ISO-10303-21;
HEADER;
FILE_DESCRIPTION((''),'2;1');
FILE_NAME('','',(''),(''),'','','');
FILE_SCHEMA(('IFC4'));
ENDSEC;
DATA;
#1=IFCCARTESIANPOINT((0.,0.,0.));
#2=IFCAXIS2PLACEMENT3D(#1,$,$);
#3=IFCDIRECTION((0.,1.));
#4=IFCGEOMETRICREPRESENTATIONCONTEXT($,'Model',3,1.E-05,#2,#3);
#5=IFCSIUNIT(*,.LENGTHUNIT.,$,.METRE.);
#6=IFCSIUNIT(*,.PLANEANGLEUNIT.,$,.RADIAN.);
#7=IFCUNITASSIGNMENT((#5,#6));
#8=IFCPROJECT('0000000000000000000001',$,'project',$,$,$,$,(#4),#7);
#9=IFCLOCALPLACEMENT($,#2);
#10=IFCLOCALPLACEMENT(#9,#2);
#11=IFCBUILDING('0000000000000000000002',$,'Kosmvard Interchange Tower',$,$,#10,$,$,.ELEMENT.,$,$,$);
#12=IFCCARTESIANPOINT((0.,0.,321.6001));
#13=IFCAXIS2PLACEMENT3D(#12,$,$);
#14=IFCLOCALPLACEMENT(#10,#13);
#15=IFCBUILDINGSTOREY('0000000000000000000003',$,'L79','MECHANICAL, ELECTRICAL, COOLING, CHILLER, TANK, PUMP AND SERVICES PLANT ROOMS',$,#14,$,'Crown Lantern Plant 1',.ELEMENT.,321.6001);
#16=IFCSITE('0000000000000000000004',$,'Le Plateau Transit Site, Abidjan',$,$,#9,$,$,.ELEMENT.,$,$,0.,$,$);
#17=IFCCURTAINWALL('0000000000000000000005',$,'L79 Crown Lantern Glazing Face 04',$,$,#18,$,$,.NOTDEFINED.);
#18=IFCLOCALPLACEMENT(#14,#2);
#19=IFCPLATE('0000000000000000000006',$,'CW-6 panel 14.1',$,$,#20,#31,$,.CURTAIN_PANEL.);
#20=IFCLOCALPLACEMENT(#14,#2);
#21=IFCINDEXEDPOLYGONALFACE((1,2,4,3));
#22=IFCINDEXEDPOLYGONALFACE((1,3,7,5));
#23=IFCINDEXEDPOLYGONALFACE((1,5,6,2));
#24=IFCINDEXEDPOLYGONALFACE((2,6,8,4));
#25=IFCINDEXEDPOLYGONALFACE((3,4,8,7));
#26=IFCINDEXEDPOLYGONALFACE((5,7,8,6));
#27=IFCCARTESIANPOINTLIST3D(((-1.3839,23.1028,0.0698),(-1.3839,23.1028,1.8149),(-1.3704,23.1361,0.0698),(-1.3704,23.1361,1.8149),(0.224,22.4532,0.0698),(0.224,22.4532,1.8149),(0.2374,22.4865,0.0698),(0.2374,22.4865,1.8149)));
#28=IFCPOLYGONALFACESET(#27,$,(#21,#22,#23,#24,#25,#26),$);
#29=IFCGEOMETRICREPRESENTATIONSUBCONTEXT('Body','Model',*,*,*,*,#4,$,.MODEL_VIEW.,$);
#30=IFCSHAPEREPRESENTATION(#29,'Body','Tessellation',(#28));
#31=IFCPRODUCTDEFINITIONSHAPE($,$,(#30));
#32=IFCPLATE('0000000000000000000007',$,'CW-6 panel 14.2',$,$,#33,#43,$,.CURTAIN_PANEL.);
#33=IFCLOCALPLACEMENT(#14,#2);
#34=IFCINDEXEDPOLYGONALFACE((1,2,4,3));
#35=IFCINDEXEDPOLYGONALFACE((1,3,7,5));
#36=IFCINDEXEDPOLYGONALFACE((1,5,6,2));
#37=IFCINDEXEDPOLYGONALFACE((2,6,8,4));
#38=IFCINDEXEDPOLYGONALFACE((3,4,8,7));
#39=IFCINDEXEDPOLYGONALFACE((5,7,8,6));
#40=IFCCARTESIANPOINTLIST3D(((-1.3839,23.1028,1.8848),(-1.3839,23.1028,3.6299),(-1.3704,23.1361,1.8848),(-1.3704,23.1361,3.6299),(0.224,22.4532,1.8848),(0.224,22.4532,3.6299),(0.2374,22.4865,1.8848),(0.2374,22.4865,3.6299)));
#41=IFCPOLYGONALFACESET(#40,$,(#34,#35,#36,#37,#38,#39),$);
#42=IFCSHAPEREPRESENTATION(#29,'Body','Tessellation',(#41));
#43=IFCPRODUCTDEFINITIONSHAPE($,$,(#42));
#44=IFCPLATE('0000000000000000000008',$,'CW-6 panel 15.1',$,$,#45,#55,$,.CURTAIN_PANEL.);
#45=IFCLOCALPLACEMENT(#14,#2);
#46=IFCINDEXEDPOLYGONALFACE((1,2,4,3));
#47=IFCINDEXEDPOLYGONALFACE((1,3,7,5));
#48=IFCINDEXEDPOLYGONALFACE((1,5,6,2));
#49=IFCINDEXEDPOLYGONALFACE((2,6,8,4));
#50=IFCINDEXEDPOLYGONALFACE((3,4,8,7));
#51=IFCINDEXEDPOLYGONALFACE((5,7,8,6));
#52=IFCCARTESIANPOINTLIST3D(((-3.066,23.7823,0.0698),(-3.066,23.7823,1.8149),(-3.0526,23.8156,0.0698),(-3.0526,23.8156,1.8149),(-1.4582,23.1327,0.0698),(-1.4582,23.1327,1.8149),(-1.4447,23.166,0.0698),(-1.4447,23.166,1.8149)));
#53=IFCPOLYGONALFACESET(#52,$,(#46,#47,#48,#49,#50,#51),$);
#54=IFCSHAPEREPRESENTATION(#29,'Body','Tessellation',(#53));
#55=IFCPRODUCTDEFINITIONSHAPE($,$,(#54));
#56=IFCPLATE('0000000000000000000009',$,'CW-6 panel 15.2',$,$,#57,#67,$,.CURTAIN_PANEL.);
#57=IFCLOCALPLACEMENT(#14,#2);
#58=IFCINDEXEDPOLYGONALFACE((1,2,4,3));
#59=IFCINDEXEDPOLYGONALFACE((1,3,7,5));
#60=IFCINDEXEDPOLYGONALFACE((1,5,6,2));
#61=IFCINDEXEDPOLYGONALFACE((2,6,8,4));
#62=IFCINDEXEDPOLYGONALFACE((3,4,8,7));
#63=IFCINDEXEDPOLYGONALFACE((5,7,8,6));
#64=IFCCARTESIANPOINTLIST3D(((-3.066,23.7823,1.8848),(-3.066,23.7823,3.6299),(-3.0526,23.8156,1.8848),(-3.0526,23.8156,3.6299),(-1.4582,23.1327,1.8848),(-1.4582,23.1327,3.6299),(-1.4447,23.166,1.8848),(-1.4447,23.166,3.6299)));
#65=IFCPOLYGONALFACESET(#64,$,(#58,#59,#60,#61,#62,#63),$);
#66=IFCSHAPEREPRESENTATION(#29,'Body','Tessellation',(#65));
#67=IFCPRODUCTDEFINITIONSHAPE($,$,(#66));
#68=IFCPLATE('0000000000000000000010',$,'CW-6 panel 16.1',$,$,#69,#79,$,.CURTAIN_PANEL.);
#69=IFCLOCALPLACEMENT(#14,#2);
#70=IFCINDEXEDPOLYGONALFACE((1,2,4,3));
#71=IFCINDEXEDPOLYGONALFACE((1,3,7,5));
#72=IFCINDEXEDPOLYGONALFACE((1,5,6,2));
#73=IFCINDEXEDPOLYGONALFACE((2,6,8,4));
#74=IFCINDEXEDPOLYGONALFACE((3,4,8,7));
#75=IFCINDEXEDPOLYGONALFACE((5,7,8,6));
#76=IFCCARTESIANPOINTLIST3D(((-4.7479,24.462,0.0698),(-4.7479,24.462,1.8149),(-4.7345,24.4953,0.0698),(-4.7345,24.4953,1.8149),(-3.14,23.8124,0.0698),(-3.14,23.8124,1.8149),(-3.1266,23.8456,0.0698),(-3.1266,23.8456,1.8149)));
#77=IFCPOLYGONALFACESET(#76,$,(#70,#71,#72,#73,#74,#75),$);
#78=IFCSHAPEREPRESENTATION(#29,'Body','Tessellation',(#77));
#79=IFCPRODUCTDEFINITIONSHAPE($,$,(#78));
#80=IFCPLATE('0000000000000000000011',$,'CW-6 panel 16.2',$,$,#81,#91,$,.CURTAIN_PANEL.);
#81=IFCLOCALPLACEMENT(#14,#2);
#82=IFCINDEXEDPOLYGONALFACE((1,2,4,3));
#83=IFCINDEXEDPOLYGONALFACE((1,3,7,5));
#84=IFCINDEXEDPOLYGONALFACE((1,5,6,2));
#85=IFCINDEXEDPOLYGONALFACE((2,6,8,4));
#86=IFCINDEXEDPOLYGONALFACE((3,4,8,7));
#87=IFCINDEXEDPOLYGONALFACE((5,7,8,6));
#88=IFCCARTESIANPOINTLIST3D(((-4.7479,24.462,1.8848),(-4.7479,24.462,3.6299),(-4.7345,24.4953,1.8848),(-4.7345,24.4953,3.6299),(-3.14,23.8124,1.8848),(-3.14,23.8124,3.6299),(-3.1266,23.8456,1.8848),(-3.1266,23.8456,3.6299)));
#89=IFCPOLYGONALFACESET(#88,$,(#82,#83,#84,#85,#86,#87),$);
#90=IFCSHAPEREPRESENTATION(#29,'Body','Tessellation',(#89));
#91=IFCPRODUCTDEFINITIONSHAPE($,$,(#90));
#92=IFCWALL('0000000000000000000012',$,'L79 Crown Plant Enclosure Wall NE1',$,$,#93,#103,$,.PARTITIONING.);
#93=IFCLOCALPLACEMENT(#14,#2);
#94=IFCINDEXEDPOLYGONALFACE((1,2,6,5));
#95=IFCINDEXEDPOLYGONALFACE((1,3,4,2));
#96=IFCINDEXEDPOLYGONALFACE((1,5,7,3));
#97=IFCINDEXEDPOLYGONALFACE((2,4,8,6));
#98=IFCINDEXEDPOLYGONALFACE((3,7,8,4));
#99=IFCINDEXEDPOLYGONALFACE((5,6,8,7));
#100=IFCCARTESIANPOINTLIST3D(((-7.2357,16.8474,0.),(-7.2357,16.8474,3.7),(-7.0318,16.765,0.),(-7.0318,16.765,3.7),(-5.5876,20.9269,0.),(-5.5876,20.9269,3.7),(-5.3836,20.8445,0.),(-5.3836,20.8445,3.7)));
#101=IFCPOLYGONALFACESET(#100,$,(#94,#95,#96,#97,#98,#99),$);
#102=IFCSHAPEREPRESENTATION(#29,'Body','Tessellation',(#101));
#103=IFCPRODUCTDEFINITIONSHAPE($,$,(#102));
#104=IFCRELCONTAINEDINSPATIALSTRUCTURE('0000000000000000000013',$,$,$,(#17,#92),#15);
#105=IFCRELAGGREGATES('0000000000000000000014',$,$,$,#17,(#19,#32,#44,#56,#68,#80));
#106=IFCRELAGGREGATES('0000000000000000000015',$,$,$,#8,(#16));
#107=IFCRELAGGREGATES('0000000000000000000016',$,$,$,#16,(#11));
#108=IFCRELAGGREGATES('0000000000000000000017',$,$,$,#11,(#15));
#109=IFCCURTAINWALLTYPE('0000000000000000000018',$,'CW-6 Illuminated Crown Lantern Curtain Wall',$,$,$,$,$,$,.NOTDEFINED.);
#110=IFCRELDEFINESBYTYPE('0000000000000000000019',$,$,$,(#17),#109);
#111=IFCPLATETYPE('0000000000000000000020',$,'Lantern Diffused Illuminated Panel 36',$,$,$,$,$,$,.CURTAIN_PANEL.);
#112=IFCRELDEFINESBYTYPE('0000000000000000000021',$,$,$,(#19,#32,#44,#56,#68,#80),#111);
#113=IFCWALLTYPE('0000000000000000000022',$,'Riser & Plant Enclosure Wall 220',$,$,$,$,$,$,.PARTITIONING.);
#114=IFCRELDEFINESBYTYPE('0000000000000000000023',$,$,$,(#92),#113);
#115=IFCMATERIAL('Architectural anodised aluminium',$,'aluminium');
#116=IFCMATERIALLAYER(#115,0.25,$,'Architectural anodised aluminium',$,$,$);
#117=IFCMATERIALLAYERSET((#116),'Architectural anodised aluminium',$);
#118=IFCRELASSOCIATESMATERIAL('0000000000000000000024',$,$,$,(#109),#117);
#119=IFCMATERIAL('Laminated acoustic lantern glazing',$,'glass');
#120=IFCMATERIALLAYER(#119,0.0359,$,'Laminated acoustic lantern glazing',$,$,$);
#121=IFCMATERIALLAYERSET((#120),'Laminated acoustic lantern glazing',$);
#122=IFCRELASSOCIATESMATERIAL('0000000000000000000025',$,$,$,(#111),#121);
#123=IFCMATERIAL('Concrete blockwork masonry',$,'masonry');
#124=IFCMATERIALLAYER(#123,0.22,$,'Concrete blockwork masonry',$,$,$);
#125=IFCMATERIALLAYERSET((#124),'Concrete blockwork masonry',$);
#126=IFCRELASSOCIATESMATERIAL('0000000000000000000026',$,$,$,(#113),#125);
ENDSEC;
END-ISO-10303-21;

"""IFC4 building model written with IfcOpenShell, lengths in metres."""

from ifc_helpers import new_model, si_unit, direction, frame, frame_2d, origin, origin_2d, place, context, subcontext, project, spatial, rectangle, extrude, source, transform, mapped, material, layer, layer_set, type_object, element, aggregate, save


model = new_model("IFC4")

# Units and contexts
model_context = context("Model", 3, precision=1e-05, world=origin(), true_north=direction((0.0, 1.0)))
body_context = subcontext(model_context, "Body", "Model", "MODEL_VIEW")
ifc_project = project(units=[si_unit("LENGTHUNIT", "METRE"), si_unit("PLANEANGLEUNIT", "RADIAN")], contexts=[model_context])

# Site, building, storey
site_placement = place(None, origin())
site = spatial("IfcSite", under=ifc_project, at=site_placement, Name="Le Plateau Transit Site, Abidjan", CompositionType="ELEMENT", RefElevation=0.0)
building_placement = place(site_placement, origin())
building = spatial("IfcBuilding", under=site, at=building_placement, Name="Kosmvard Interchange Tower", CompositionType="ELEMENT")
storey_placement = place(building_placement, frame((0.0, 0.0, 321.6001)))
storey = spatial("IfcBuildingStorey", under=building, at=storey_placement, Name="L79", Description="MECHANICAL, ELECTRICAL, COOLING, CHILLER, TANK, PUMP AND SERVICES PLANT ROOMS", LongName="Crown Lantern Plant 1", CompositionType="ELEMENT", Elevation=321.6001)

# Curtain wall
ifc_material_1 = material(Name="Architectural anodised aluminium", Category="aluminium")
ifc_layer_1 = layer(ifc_material_1, 0.25, Name="Architectural anodised aluminium")
ifc_layer_set_1 = layer_set([ifc_layer_1], Name="Architectural anodised aluminium")
curtain_wall_type = type_object("IfcCurtainWallType", Name="CW-6 Illuminated Crown Lantern Curtain Wall", PredefinedType="NOTDEFINED", material=ifc_layer_set_1)
curtain_wall_placement = place(storey_placement, origin())
curtain_wall = element("IfcCurtainWall", 1, at=curtain_wall_placement, inside=storey, type_object=curtain_wall_type, Name="L79 Crown Lantern Glazing Face 04", PredefinedType="NOTDEFINED")

# Plates
ifc_material_2 = material(Name="Laminated acoustic lantern glazing", Category="glass")
ifc_layer_2 = layer(ifc_material_2, 0.0359, Name="Laminated acoustic lantern glazing")
ifc_layer_set_2 = layer_set([ifc_layer_2], Name="Laminated acoustic lantern glazing")
plate_type_1 = type_object("IfcPlateType", Name="Lantern Diffused Illuminated Panel 36", PredefinedType="CURTAIN_PANEL", material=ifc_layer_set_2)
shared_shape_1 = source(origin(), body_context, "Body", "SweptSolid", [
    extrude(rectangle(XDim=1.7341, YDim=0.0359, at=origin_2d()), origin(), (0.0, 0.0, 1.0), 1.7451),
])
plate_1_placement = place(storey_placement, frame((-0.5732, 22.7947, 0.0698), z_axis=(0.0, 0.0, 1.0), x_axis=(-0.927184, 0.374607, 0.0)))
plate_1 = element("IfcPlate", 2, at=plate_1_placement, type_object=plate_type_1, Name="CW-6 panel 14.1", PredefinedType="CURTAIN_PANEL", context=body_context, shape_type="MappedRepresentation", body=[
    mapped(shared_shape_1, transform((0.0, 0.0, 0.0), scale=1.0)),
])
plate_2_placement = place(storey_placement, frame((-0.5732, 22.7947, 1.8848), z_axis=(0.0, 0.0, 1.0), x_axis=(-0.927184, 0.374607, 0.0)))
plate_2 = element("IfcPlate", 3, at=plate_2_placement, type_object=plate_type_1, Name="CW-6 panel 14.2", PredefinedType="CURTAIN_PANEL", context=body_context, shape_type="MappedRepresentation", body=[
    mapped(shared_shape_1, transform((0.0, 0.0, 0.0), scale=1.0)),
])
plate_3_placement = place(storey_placement, frame((-2.2554, 23.4741, 0.0698), z_axis=(0.0, 0.0, 1.0), x_axis=(-0.927184, 0.374607, 0.0)))
plate_3 = element("IfcPlate", 4, at=plate_3_placement, type_object=plate_type_1, Name="CW-6 panel 15.1", PredefinedType="CURTAIN_PANEL", context=body_context, shape_type="MappedRepresentation", body=[
    mapped(shared_shape_1, transform((0.0, 0.0, 0.0), scale=1.0)),
])
plate_4_placement = place(storey_placement, frame((-2.2554, 23.4741, 1.8848), z_axis=(0.0, 0.0, 1.0), x_axis=(-0.927184, 0.374607, 0.0)))
plate_4 = element("IfcPlate", 5, at=plate_4_placement, type_object=plate_type_1, Name="CW-6 panel 15.2", PredefinedType="CURTAIN_PANEL", context=body_context, shape_type="MappedRepresentation", body=[
    mapped(shared_shape_1, transform((0.0, 0.0, 0.0), scale=1.0)),
])
plate_5_placement = place(storey_placement, frame((-3.9373, 24.1538, 0.0698), z_axis=(0.0, 0.0, 1.0), x_axis=(-0.927184, 0.374607, 0.0)))
plate_5 = element("IfcPlate", 6, at=plate_5_placement, type_object=plate_type_1, Name="CW-6 panel 16.1", PredefinedType="CURTAIN_PANEL", context=body_context, shape_type="MappedRepresentation", body=[
    mapped(shared_shape_1, transform((0.0, 0.0, 0.0), scale=1.0)),
])
plate_6_placement = place(storey_placement, frame((-3.9373, 24.1538, 1.8848), z_axis=(0.0, 0.0, 1.0), x_axis=(-0.927184, 0.374607, 0.0)))
plate_6 = element("IfcPlate", 7, at=plate_6_placement, type_object=plate_type_1, Name="CW-6 panel 16.2", PredefinedType="CURTAIN_PANEL", context=body_context, shape_type="MappedRepresentation", body=[
    mapped(shared_shape_1, transform((0.0, 0.0, 0.0), scale=1.0)),
])
aggregate(curtain_wall, [plate_1, plate_2, plate_3, plate_4, plate_5, plate_6])

# Wall
ifc_material_3 = material(Name="Concrete blockwork masonry", Category="masonry")
ifc_layer_3 = layer(ifc_material_3, 0.22, Name="Concrete blockwork masonry")
ifc_layer_set_3 = layer_set([ifc_layer_3], Name="Concrete blockwork masonry")
wall_type = type_object("IfcWallType", Name="Riser & Plant Enclosure Wall 220", PredefinedType="PARTITIONING", material=ifc_layer_set_3)
wall_placement = place(storey_placement, frame((-5.4856, 20.8857, 0.0), z_axis=(0.0, 0.0, 1.0), x_axis=(-0.374593, -0.927189, 0.0)))
element("IfcWall", 8, at=wall_placement, inside=storey, type_object=wall_type, Name="L79 Crown Plant Enclosure Wall NE1", PredefinedType="PARTITIONING", context=body_context, shape_type="SweptSolid", body=[
    extrude(rectangle(XDim=4.3999, YDim=0.22, at=frame_2d((2.2, 0.0))), origin(), (0.0, 0.0, 1.0), 3.7),
])

save(model, "model.ifc")
